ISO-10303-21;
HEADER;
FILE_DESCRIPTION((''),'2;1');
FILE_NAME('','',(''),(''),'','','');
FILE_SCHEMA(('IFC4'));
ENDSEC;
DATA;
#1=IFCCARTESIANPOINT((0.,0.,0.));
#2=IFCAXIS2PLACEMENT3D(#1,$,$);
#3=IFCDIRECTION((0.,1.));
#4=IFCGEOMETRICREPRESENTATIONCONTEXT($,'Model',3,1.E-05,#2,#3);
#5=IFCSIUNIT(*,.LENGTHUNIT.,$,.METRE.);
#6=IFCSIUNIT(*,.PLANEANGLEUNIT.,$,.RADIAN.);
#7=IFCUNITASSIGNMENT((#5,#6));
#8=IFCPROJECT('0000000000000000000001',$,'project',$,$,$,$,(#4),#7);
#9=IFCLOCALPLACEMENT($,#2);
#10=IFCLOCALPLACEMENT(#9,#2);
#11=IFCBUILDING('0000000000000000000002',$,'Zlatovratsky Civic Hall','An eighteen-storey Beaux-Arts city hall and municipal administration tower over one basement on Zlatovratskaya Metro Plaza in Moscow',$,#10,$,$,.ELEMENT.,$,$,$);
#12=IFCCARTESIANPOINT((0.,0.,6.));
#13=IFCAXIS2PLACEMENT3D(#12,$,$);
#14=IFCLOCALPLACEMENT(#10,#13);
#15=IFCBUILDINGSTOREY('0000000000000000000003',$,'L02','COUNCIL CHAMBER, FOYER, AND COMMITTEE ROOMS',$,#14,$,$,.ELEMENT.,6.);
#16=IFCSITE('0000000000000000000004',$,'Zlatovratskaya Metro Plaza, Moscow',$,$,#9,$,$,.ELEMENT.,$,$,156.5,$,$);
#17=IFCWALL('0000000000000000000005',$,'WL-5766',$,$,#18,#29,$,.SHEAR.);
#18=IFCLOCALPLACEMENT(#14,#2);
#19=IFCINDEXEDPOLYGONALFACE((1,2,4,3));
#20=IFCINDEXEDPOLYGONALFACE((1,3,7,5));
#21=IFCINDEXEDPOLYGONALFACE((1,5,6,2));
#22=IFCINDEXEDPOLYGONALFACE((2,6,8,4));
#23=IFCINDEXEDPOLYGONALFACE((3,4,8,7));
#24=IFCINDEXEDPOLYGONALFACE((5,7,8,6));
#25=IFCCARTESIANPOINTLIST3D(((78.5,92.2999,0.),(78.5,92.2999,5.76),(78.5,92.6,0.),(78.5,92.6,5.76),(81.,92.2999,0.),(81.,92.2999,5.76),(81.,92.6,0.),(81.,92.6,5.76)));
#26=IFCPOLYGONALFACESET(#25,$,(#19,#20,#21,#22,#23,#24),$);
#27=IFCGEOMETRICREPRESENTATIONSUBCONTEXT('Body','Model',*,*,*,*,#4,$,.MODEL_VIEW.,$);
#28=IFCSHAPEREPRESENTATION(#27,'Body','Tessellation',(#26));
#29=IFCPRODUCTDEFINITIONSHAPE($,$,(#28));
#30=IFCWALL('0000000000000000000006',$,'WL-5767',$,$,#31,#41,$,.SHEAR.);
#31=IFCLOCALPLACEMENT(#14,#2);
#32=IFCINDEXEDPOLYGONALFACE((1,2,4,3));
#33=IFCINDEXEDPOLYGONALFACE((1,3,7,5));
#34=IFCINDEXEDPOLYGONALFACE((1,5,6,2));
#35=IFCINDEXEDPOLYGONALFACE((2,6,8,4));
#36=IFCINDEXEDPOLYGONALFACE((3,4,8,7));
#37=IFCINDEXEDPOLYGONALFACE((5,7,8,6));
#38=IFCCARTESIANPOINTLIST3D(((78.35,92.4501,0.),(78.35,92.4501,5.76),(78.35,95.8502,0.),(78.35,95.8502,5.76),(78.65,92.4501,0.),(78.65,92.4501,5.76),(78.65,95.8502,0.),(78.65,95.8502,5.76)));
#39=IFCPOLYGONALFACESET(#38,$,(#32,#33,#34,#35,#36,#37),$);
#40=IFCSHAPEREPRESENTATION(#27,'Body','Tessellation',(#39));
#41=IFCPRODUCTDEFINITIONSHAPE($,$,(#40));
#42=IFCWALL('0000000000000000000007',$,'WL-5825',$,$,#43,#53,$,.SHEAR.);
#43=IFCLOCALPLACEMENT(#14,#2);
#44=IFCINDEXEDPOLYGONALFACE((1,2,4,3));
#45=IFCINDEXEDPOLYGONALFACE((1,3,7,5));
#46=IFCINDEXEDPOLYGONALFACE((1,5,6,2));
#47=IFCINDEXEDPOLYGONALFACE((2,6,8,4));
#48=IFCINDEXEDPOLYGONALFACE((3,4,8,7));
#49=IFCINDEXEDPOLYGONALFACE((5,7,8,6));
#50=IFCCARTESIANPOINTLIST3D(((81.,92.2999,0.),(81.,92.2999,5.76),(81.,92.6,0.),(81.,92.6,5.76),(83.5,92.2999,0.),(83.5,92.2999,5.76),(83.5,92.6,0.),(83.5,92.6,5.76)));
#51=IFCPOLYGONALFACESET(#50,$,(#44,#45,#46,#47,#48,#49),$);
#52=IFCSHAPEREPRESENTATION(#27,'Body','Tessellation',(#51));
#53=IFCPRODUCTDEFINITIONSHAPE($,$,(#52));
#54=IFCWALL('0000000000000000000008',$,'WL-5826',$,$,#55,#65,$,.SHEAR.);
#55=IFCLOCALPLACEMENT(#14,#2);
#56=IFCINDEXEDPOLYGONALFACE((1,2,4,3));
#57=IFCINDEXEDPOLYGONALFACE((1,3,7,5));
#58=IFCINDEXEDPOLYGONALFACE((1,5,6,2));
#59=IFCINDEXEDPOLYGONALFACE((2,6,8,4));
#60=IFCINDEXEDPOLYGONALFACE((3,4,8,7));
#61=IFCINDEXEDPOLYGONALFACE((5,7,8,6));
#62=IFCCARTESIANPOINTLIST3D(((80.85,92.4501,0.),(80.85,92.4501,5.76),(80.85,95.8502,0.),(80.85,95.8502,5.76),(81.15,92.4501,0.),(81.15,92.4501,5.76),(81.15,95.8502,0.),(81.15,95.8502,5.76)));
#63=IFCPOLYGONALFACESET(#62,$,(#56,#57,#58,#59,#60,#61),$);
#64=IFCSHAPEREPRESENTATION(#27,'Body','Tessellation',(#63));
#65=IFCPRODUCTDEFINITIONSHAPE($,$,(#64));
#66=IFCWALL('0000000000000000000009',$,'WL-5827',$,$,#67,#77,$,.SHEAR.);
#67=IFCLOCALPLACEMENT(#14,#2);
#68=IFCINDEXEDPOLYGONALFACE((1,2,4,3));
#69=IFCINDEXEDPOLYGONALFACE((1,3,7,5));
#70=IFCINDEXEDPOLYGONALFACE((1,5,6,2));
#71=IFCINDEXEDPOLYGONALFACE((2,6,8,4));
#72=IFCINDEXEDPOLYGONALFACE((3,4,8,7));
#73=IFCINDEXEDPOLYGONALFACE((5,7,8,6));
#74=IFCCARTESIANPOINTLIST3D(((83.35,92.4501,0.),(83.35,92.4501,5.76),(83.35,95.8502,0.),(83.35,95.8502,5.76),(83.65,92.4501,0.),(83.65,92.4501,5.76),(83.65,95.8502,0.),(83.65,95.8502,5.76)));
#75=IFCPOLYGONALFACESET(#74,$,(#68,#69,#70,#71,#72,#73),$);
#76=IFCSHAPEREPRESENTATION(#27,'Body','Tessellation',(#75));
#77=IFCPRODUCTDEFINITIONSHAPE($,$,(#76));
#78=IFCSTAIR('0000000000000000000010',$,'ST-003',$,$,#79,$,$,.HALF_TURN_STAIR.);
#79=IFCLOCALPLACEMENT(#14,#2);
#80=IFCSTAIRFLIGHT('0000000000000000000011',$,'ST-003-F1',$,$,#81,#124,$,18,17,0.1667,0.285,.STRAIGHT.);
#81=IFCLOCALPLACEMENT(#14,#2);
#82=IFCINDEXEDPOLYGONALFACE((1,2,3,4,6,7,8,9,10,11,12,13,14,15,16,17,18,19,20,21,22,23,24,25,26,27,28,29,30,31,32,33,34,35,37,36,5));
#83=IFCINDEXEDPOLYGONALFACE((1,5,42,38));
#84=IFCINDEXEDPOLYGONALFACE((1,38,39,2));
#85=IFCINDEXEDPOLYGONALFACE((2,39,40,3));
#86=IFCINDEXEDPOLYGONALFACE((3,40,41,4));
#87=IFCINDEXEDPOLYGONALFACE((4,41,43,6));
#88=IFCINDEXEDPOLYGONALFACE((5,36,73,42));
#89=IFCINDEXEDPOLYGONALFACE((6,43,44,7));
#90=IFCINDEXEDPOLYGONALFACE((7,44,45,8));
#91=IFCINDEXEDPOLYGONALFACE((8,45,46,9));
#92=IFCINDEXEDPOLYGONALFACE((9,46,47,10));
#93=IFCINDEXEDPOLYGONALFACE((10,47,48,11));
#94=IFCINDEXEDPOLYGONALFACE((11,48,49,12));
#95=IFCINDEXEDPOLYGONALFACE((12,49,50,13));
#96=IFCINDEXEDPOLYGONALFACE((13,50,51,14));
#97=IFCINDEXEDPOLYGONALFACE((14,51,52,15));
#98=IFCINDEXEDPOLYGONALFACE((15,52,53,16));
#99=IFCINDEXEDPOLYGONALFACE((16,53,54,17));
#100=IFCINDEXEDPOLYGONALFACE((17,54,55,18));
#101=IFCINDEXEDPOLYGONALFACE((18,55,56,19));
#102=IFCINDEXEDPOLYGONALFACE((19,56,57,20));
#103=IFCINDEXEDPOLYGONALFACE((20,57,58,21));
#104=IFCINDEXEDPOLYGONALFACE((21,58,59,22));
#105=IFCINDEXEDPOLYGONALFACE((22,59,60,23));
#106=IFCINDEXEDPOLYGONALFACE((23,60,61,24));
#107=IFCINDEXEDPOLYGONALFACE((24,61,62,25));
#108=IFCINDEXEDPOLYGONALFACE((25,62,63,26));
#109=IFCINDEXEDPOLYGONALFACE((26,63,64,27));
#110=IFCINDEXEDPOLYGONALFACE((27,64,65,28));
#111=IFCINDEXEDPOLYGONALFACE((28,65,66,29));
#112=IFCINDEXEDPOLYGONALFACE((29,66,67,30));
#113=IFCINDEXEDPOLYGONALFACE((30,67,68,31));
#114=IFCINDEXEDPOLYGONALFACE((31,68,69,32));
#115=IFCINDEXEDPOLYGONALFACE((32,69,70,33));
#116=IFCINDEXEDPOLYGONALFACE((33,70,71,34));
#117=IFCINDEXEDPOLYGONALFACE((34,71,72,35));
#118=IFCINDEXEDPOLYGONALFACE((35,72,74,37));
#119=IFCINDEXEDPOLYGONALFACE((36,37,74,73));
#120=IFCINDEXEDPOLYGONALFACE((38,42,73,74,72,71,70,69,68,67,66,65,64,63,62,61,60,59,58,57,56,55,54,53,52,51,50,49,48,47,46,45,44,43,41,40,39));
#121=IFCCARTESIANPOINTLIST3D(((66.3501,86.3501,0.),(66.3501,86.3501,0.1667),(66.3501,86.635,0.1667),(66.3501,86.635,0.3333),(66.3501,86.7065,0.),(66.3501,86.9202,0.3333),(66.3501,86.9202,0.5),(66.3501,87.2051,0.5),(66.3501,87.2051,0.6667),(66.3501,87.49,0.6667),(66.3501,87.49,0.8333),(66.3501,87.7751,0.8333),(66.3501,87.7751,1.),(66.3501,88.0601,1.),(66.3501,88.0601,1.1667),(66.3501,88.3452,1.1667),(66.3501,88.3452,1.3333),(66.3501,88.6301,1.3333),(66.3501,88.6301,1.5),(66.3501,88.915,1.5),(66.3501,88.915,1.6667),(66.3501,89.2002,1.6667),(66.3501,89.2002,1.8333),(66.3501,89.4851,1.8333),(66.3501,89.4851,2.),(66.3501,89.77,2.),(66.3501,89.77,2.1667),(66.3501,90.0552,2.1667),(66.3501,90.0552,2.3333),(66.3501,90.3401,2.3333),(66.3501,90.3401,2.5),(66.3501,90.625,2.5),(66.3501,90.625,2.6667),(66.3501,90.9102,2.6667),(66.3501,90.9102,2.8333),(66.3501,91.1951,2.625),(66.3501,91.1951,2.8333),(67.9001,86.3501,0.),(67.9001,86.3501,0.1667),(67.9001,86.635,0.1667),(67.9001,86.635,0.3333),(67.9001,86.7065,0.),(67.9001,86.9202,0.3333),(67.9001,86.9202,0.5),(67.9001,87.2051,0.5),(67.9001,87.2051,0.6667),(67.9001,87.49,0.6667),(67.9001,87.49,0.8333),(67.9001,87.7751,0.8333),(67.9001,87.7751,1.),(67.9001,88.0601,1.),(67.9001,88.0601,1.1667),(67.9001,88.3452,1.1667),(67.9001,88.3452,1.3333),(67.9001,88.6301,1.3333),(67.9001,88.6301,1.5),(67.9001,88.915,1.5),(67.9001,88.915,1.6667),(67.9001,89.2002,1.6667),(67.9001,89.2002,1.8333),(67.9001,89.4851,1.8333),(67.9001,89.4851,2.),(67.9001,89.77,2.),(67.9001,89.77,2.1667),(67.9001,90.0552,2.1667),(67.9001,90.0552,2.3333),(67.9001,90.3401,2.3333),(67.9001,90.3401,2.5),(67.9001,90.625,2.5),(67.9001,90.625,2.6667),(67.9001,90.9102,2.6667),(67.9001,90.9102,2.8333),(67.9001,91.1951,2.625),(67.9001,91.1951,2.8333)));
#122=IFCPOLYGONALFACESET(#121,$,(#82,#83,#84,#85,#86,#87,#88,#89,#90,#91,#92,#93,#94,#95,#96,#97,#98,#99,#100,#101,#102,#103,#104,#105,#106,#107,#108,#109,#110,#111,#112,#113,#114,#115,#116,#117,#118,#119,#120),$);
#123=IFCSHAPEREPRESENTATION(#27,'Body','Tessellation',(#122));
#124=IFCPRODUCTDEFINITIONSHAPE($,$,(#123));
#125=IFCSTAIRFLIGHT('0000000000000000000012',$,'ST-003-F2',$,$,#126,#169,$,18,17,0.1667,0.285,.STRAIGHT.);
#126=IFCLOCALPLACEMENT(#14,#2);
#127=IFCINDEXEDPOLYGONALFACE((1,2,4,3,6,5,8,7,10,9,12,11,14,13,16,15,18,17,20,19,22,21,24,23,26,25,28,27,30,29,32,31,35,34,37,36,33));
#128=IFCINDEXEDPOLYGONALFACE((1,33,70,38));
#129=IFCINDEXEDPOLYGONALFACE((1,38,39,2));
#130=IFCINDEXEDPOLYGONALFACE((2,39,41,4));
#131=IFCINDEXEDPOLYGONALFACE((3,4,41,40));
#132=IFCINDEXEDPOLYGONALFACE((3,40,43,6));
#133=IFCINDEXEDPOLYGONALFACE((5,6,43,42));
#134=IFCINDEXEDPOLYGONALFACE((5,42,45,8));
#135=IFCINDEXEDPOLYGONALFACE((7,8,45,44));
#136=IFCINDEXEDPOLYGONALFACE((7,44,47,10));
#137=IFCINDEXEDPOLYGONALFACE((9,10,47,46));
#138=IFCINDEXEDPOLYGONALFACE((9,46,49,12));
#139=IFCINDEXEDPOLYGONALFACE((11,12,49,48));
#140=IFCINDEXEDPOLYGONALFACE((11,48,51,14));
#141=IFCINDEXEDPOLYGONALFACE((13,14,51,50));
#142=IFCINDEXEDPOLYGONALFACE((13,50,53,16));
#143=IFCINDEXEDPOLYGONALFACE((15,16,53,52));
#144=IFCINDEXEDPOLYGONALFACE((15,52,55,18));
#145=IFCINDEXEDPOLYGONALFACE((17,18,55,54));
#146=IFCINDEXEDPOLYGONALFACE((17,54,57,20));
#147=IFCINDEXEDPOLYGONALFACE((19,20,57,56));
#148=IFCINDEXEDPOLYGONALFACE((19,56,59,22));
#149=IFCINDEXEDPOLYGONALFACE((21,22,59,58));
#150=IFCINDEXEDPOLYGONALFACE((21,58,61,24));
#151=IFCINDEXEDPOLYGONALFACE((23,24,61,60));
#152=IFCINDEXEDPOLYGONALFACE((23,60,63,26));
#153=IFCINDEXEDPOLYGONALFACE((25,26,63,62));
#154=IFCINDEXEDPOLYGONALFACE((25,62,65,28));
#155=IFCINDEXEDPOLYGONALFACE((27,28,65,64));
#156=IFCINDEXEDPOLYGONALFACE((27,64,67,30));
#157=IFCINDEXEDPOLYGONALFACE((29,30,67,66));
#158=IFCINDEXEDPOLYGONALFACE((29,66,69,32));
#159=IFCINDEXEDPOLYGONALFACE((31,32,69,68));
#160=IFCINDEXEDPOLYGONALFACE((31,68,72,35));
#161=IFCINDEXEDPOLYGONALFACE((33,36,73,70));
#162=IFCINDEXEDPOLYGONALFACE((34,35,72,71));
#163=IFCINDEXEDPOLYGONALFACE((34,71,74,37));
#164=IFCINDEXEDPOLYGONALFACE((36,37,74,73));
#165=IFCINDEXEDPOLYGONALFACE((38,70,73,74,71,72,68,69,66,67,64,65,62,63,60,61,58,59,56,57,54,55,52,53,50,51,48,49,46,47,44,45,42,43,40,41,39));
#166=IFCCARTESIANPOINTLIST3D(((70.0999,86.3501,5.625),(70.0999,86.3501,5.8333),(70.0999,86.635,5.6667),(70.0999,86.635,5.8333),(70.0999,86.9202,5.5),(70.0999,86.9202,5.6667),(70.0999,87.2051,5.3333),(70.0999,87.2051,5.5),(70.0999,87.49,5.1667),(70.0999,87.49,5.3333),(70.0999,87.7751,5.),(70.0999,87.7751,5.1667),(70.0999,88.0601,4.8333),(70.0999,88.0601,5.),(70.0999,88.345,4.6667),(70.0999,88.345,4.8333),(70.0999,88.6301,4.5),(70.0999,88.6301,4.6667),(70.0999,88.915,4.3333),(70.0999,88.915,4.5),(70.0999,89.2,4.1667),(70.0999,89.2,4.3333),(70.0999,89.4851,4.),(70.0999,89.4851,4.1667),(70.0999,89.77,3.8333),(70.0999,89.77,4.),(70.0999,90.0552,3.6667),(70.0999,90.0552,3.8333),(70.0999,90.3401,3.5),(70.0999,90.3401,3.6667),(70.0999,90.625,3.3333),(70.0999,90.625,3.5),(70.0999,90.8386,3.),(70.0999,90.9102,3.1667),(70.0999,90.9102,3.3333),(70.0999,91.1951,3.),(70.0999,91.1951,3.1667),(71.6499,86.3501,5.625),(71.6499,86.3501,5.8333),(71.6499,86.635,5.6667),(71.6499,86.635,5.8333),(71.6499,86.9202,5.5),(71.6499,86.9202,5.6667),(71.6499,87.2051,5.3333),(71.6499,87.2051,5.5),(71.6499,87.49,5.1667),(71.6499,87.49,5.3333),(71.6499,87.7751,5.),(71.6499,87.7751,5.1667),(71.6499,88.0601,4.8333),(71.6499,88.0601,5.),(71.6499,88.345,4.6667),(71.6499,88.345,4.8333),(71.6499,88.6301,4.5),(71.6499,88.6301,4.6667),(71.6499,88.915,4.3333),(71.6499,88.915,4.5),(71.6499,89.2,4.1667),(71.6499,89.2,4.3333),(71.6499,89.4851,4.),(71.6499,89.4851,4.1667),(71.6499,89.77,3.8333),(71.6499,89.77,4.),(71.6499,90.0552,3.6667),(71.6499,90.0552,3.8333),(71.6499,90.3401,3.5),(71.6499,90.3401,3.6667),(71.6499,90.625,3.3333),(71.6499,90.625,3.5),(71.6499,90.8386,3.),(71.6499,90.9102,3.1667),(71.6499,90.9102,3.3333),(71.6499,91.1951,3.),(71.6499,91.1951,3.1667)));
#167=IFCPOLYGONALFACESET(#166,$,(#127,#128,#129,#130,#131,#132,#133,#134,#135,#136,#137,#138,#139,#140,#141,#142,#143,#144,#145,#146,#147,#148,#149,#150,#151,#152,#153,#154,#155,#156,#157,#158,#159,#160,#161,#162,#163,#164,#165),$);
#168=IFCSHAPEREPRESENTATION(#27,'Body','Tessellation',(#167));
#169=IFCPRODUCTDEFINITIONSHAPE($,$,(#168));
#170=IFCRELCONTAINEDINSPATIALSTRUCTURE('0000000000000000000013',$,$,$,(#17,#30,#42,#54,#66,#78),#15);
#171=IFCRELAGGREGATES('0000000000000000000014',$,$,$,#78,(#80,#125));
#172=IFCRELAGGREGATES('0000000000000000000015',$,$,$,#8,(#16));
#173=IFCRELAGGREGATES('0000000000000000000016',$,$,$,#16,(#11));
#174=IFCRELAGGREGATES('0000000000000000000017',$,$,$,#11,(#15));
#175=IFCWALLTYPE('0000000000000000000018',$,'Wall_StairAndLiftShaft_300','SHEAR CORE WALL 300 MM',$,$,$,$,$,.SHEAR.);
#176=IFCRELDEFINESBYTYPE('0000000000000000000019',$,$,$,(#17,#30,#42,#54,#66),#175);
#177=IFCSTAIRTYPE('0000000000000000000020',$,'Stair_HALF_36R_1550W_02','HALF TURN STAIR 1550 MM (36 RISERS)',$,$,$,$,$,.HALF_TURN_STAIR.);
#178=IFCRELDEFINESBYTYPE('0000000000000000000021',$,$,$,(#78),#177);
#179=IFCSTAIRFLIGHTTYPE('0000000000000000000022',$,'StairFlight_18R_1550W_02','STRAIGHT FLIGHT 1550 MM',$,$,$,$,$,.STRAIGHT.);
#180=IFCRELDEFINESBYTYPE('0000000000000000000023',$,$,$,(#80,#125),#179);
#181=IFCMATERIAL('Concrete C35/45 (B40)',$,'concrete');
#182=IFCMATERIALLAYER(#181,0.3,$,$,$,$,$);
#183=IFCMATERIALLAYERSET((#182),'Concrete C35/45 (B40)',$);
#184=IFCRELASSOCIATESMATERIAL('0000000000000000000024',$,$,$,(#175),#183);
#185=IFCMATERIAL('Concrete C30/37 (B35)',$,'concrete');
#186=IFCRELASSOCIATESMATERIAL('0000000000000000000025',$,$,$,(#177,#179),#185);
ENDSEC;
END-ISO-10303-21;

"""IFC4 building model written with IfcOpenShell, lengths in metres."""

from ifc_helpers import new_model, si_unit, direction, frame, frame_2d, origin, place, context, subcontext, project, spatial, polyline, rectangle, outline, extrude, material, layer, layer_set, type_object, element, aggregate, save


model = new_model("IFC4")

# Units and contexts
model_context = context("Model", 3, precision=1e-05, world=origin(), true_north=direction((0.0, 1.0)))
body_context = subcontext(model_context, "Body", "Model", "MODEL_VIEW")
ifc_project = project(units=[si_unit("LENGTHUNIT", "METRE"), si_unit("PLANEANGLEUNIT", "RADIAN")], contexts=[model_context])

# Site, building, storey
site_placement = place(None, origin())
site = spatial("IfcSite", under=ifc_project, at=site_placement, Name="Zlatovratskaya Metro Plaza, Moscow", CompositionType="ELEMENT", RefElevation=156.5)
building_placement = place(site_placement, origin())
building = spatial("IfcBuilding", under=site, at=building_placement, Name="Zlatovratsky Civic Hall", Description="An eighteen-storey Beaux-Arts city hall and municipal administration tower over one basement on Zlatovratskaya Metro Plaza in Moscow", CompositionType="ELEMENT")
storey_placement = place(building_placement, frame((0.0, 0.0, 6.0)))
storey = spatial("IfcBuildingStorey", under=building, at=storey_placement, Name="L02", Description="COUNCIL CHAMBER, FOYER, AND COMMITTEE ROOMS", CompositionType="ELEMENT", Elevation=6.0)

# Shared definitions
ifc_material_1 = material(Name="Concrete C35/45 (B40)", Category="concrete")

# Walls
ifc_layer_1 = layer(ifc_material_1, 0.3)
ifc_layer_set_1 = layer_set([ifc_layer_1], Name="Concrete C35/45 (B40)")
wall_type_1 = type_object("IfcWallType", Name="Wall_StairAndLiftShaft_300", Description="SHEAR CORE WALL 300 MM", PredefinedType="SHEAR", material=ifc_layer_set_1)
wall_1_placement = place(storey_placement, frame((78.5, 92.45, 0.0), z_axis=(0.0, 0.0, 1.0), x_axis=(1.0, 0.0, 0.0)))
element("IfcWall", 1, at=wall_1_placement, inside=storey, type_object=wall_type_1, Name="WL-5766", PredefinedType="SHEAR", context=body_context, shape_type="SweptSolid", body=[
    extrude(rectangle(XDim=2.5, YDim=0.3, at=frame_2d((1.25, 0.0))), origin(), (0.0, 0.0, 1.0), 5.76),
])
wall_2_placement = place(storey_placement, frame((78.5, 92.45, 0.0), z_axis=(0.0, 0.0, 1.0), x_axis=(0.0, 1.0, 0.0)))
element("IfcWall", 2, at=wall_2_placement, inside=storey, type_object=wall_type_1, Name="WL-5767", PredefinedType="SHEAR", context=body_context, shape_type="SweptSolid", body=[
    extrude(rectangle(XDim=3.4001, YDim=0.3, at=frame_2d((1.7002, 0.0))), origin(), (0.0, 0.0, 1.0), 5.76),
])
wall_3_placement = place(storey_placement, frame((81.0, 92.45, 0.0), z_axis=(0.0, 0.0, 1.0), x_axis=(1.0, 0.0, 0.0)))
element("IfcWall", 3, at=wall_3_placement, inside=storey, type_object=wall_type_1, Name="WL-5825", PredefinedType="SHEAR", context=body_context, shape_type="SweptSolid", body=[
    extrude(rectangle(XDim=2.5, YDim=0.3, at=frame_2d((1.25, 0.0))), origin(), (0.0, 0.0, 1.0), 5.76),
])
for number, where, z_axis, x_axis, name in (
    (4, (81.0, 92.45, 0.0), (0.0, 0.0, 1.0), (0.0, 1.0, 0.0), "WL-5826"),
    (5, (83.5, 92.45, 0.0), (0.0, 0.0, 1.0), (0.0, 1.0, 0.0), "WL-5827"),
):
    element("IfcWall", number, at=place(storey_placement, frame(where, z_axis=z_axis, x_axis=x_axis)), inside=storey, type_object=wall_type_1, Name=name, PredefinedType="SHEAR", context=body_context, shape_type="SweptSolid", body=[
        extrude(rectangle(XDim=3.4001, YDim=0.3, at=frame_2d((1.7002, 0.0))), origin(), (0.0, 0.0, 1.0), 5.76),
    ])

# Stair, stair flights
ifc_material_2 = material(Name="Concrete C30/37 (B35)", Category="concrete")
stair_type = type_object("IfcStairType", Name="Stair_HALF_36R_1550W_02", Description="HALF TURN STAIR 1550 MM (36 RISERS)", PredefinedType="HALF_TURN_STAIR", material=ifc_material_2)
stair_placement = place(storey_placement, origin())
stair = element("IfcStair", 6, at=stair_placement, inside=storey, type_object=stair_type, Name="ST-003", PredefinedType="HALF_TURN_STAIR")
stair_flight_type = type_object("IfcStairFlightType", Name="StairFlight_18R_1550W_02", Description="STRAIGHT FLIGHT 1550 MM", PredefinedType="STRAIGHT", material=ifc_material_2)
stair_flight_1_placement = place(storey_placement, frame((67.125, 86.3501, 0.0), z_axis=(0.0, 0.0, 1.0), x_axis=(0.0, 1.0, 0.0)))
stair_flight_1 = element("IfcStairFlight", 7, at=stair_flight_1_placement, type_object=stair_flight_type, Name="ST-003-F1", NumberOfRisers=18, NumberOfTreads=17, PredefinedType="STRAIGHT", RiserHeight=0.1667, TreadLength=0.285, context=body_context, shape_type="SweptSolid", body=[
    extrude(outline(polyline([(0.0, 0.0), (0.0, 0.1667), (0.2849, 0.1667), (0.2849, 0.3333), (0.5701, 0.3333), (0.5701, 0.5), (0.855, 0.5), (0.855, 0.6667), (1.1399, 0.6667), (1.1399, 0.8333), (1.425, 0.8333), (1.425, 1.0), (1.71, 1.0), (1.71, 1.1667), (1.9951, 1.1667), (1.9951, 1.3333), (2.28, 1.3333), (2.28, 1.5), (2.5649, 1.5), (2.5649, 1.6667), (2.8501, 1.6667), (2.8501, 1.8333), (3.135, 1.8333), (3.135, 2.0), (3.4199, 2.0), (3.4199, 2.1667), (3.7051, 2.1667), (3.7051, 2.3333), (3.99, 2.3333), (3.99, 2.5), (4.2749, 2.5), (4.2749, 2.6667), (4.5601, 2.6667), (4.5601, 2.8333), (4.845, 2.8333), (4.845, 3.0), (4.845, 2.625), (0.3564, 0.0), (0.0, 0.0)])), frame((0.0, 0.7749, 0.0), z_axis=(0.0, -1.0, 0.0), x_axis=(1.0, 0.0, 0.0)), (0.0, 0.0, 1.0), 1.55),
])
stair_flight_2_placement = place(storey_placement, frame((70.875, 91.1951, 3.0), z_axis=(0.0, 0.0, 1.0), x_axis=(0.0, -1.0, 0.0)))
stair_flight_2 = element("IfcStairFlight", 8, at=stair_flight_2_placement, type_object=stair_flight_type, Name="ST-003-F2", NumberOfRisers=18, NumberOfTreads=17, PredefinedType="STRAIGHT", RiserHeight=0.1667, TreadLength=0.285, context=body_context, shape_type="SweptSolid", body=[
    extrude(outline(polyline([(0.0, 0.0), (0.0, 0.1667), (0.2849, 0.1667), (0.2849, 0.3333), (0.5701, 0.3333), (0.5701, 0.5), (0.855, 0.5), (0.855, 0.6667), (1.1399, 0.6667), (1.1399, 0.8333), (1.425, 0.8333), (1.425, 1.0), (1.71, 1.0), (1.71, 1.1667), (1.9951, 1.1667), (1.9951, 1.3333), (2.28, 1.3333), (2.28, 1.5), (2.5649, 1.5), (2.5649, 1.6667), (2.8501, 1.6667), (2.8501, 1.8333), (3.135, 1.8333), (3.135, 2.0), (3.4199, 2.0), (3.4199, 2.1667), (3.7051, 2.1667), (3.7051, 2.3333), (3.99, 2.3333), (3.99, 2.5), (4.2749, 2.5), (4.2749, 2.6667), (4.5601, 2.6667), (4.5601, 2.8333), (4.845, 2.8333), (4.845, 3.0), (4.845, 2.625), (0.3564, 0.0), (0.0, 0.0)])), frame((0.0, 0.7749, 0.0), z_axis=(0.0, -1.0, 0.0), x_axis=(1.0, 0.0, 0.0)), (0.0, 0.0, 1.0), 1.55),
])
aggregate(stair, [stair_flight_1, stair_flight_2])

save(model, "model.ifc")
